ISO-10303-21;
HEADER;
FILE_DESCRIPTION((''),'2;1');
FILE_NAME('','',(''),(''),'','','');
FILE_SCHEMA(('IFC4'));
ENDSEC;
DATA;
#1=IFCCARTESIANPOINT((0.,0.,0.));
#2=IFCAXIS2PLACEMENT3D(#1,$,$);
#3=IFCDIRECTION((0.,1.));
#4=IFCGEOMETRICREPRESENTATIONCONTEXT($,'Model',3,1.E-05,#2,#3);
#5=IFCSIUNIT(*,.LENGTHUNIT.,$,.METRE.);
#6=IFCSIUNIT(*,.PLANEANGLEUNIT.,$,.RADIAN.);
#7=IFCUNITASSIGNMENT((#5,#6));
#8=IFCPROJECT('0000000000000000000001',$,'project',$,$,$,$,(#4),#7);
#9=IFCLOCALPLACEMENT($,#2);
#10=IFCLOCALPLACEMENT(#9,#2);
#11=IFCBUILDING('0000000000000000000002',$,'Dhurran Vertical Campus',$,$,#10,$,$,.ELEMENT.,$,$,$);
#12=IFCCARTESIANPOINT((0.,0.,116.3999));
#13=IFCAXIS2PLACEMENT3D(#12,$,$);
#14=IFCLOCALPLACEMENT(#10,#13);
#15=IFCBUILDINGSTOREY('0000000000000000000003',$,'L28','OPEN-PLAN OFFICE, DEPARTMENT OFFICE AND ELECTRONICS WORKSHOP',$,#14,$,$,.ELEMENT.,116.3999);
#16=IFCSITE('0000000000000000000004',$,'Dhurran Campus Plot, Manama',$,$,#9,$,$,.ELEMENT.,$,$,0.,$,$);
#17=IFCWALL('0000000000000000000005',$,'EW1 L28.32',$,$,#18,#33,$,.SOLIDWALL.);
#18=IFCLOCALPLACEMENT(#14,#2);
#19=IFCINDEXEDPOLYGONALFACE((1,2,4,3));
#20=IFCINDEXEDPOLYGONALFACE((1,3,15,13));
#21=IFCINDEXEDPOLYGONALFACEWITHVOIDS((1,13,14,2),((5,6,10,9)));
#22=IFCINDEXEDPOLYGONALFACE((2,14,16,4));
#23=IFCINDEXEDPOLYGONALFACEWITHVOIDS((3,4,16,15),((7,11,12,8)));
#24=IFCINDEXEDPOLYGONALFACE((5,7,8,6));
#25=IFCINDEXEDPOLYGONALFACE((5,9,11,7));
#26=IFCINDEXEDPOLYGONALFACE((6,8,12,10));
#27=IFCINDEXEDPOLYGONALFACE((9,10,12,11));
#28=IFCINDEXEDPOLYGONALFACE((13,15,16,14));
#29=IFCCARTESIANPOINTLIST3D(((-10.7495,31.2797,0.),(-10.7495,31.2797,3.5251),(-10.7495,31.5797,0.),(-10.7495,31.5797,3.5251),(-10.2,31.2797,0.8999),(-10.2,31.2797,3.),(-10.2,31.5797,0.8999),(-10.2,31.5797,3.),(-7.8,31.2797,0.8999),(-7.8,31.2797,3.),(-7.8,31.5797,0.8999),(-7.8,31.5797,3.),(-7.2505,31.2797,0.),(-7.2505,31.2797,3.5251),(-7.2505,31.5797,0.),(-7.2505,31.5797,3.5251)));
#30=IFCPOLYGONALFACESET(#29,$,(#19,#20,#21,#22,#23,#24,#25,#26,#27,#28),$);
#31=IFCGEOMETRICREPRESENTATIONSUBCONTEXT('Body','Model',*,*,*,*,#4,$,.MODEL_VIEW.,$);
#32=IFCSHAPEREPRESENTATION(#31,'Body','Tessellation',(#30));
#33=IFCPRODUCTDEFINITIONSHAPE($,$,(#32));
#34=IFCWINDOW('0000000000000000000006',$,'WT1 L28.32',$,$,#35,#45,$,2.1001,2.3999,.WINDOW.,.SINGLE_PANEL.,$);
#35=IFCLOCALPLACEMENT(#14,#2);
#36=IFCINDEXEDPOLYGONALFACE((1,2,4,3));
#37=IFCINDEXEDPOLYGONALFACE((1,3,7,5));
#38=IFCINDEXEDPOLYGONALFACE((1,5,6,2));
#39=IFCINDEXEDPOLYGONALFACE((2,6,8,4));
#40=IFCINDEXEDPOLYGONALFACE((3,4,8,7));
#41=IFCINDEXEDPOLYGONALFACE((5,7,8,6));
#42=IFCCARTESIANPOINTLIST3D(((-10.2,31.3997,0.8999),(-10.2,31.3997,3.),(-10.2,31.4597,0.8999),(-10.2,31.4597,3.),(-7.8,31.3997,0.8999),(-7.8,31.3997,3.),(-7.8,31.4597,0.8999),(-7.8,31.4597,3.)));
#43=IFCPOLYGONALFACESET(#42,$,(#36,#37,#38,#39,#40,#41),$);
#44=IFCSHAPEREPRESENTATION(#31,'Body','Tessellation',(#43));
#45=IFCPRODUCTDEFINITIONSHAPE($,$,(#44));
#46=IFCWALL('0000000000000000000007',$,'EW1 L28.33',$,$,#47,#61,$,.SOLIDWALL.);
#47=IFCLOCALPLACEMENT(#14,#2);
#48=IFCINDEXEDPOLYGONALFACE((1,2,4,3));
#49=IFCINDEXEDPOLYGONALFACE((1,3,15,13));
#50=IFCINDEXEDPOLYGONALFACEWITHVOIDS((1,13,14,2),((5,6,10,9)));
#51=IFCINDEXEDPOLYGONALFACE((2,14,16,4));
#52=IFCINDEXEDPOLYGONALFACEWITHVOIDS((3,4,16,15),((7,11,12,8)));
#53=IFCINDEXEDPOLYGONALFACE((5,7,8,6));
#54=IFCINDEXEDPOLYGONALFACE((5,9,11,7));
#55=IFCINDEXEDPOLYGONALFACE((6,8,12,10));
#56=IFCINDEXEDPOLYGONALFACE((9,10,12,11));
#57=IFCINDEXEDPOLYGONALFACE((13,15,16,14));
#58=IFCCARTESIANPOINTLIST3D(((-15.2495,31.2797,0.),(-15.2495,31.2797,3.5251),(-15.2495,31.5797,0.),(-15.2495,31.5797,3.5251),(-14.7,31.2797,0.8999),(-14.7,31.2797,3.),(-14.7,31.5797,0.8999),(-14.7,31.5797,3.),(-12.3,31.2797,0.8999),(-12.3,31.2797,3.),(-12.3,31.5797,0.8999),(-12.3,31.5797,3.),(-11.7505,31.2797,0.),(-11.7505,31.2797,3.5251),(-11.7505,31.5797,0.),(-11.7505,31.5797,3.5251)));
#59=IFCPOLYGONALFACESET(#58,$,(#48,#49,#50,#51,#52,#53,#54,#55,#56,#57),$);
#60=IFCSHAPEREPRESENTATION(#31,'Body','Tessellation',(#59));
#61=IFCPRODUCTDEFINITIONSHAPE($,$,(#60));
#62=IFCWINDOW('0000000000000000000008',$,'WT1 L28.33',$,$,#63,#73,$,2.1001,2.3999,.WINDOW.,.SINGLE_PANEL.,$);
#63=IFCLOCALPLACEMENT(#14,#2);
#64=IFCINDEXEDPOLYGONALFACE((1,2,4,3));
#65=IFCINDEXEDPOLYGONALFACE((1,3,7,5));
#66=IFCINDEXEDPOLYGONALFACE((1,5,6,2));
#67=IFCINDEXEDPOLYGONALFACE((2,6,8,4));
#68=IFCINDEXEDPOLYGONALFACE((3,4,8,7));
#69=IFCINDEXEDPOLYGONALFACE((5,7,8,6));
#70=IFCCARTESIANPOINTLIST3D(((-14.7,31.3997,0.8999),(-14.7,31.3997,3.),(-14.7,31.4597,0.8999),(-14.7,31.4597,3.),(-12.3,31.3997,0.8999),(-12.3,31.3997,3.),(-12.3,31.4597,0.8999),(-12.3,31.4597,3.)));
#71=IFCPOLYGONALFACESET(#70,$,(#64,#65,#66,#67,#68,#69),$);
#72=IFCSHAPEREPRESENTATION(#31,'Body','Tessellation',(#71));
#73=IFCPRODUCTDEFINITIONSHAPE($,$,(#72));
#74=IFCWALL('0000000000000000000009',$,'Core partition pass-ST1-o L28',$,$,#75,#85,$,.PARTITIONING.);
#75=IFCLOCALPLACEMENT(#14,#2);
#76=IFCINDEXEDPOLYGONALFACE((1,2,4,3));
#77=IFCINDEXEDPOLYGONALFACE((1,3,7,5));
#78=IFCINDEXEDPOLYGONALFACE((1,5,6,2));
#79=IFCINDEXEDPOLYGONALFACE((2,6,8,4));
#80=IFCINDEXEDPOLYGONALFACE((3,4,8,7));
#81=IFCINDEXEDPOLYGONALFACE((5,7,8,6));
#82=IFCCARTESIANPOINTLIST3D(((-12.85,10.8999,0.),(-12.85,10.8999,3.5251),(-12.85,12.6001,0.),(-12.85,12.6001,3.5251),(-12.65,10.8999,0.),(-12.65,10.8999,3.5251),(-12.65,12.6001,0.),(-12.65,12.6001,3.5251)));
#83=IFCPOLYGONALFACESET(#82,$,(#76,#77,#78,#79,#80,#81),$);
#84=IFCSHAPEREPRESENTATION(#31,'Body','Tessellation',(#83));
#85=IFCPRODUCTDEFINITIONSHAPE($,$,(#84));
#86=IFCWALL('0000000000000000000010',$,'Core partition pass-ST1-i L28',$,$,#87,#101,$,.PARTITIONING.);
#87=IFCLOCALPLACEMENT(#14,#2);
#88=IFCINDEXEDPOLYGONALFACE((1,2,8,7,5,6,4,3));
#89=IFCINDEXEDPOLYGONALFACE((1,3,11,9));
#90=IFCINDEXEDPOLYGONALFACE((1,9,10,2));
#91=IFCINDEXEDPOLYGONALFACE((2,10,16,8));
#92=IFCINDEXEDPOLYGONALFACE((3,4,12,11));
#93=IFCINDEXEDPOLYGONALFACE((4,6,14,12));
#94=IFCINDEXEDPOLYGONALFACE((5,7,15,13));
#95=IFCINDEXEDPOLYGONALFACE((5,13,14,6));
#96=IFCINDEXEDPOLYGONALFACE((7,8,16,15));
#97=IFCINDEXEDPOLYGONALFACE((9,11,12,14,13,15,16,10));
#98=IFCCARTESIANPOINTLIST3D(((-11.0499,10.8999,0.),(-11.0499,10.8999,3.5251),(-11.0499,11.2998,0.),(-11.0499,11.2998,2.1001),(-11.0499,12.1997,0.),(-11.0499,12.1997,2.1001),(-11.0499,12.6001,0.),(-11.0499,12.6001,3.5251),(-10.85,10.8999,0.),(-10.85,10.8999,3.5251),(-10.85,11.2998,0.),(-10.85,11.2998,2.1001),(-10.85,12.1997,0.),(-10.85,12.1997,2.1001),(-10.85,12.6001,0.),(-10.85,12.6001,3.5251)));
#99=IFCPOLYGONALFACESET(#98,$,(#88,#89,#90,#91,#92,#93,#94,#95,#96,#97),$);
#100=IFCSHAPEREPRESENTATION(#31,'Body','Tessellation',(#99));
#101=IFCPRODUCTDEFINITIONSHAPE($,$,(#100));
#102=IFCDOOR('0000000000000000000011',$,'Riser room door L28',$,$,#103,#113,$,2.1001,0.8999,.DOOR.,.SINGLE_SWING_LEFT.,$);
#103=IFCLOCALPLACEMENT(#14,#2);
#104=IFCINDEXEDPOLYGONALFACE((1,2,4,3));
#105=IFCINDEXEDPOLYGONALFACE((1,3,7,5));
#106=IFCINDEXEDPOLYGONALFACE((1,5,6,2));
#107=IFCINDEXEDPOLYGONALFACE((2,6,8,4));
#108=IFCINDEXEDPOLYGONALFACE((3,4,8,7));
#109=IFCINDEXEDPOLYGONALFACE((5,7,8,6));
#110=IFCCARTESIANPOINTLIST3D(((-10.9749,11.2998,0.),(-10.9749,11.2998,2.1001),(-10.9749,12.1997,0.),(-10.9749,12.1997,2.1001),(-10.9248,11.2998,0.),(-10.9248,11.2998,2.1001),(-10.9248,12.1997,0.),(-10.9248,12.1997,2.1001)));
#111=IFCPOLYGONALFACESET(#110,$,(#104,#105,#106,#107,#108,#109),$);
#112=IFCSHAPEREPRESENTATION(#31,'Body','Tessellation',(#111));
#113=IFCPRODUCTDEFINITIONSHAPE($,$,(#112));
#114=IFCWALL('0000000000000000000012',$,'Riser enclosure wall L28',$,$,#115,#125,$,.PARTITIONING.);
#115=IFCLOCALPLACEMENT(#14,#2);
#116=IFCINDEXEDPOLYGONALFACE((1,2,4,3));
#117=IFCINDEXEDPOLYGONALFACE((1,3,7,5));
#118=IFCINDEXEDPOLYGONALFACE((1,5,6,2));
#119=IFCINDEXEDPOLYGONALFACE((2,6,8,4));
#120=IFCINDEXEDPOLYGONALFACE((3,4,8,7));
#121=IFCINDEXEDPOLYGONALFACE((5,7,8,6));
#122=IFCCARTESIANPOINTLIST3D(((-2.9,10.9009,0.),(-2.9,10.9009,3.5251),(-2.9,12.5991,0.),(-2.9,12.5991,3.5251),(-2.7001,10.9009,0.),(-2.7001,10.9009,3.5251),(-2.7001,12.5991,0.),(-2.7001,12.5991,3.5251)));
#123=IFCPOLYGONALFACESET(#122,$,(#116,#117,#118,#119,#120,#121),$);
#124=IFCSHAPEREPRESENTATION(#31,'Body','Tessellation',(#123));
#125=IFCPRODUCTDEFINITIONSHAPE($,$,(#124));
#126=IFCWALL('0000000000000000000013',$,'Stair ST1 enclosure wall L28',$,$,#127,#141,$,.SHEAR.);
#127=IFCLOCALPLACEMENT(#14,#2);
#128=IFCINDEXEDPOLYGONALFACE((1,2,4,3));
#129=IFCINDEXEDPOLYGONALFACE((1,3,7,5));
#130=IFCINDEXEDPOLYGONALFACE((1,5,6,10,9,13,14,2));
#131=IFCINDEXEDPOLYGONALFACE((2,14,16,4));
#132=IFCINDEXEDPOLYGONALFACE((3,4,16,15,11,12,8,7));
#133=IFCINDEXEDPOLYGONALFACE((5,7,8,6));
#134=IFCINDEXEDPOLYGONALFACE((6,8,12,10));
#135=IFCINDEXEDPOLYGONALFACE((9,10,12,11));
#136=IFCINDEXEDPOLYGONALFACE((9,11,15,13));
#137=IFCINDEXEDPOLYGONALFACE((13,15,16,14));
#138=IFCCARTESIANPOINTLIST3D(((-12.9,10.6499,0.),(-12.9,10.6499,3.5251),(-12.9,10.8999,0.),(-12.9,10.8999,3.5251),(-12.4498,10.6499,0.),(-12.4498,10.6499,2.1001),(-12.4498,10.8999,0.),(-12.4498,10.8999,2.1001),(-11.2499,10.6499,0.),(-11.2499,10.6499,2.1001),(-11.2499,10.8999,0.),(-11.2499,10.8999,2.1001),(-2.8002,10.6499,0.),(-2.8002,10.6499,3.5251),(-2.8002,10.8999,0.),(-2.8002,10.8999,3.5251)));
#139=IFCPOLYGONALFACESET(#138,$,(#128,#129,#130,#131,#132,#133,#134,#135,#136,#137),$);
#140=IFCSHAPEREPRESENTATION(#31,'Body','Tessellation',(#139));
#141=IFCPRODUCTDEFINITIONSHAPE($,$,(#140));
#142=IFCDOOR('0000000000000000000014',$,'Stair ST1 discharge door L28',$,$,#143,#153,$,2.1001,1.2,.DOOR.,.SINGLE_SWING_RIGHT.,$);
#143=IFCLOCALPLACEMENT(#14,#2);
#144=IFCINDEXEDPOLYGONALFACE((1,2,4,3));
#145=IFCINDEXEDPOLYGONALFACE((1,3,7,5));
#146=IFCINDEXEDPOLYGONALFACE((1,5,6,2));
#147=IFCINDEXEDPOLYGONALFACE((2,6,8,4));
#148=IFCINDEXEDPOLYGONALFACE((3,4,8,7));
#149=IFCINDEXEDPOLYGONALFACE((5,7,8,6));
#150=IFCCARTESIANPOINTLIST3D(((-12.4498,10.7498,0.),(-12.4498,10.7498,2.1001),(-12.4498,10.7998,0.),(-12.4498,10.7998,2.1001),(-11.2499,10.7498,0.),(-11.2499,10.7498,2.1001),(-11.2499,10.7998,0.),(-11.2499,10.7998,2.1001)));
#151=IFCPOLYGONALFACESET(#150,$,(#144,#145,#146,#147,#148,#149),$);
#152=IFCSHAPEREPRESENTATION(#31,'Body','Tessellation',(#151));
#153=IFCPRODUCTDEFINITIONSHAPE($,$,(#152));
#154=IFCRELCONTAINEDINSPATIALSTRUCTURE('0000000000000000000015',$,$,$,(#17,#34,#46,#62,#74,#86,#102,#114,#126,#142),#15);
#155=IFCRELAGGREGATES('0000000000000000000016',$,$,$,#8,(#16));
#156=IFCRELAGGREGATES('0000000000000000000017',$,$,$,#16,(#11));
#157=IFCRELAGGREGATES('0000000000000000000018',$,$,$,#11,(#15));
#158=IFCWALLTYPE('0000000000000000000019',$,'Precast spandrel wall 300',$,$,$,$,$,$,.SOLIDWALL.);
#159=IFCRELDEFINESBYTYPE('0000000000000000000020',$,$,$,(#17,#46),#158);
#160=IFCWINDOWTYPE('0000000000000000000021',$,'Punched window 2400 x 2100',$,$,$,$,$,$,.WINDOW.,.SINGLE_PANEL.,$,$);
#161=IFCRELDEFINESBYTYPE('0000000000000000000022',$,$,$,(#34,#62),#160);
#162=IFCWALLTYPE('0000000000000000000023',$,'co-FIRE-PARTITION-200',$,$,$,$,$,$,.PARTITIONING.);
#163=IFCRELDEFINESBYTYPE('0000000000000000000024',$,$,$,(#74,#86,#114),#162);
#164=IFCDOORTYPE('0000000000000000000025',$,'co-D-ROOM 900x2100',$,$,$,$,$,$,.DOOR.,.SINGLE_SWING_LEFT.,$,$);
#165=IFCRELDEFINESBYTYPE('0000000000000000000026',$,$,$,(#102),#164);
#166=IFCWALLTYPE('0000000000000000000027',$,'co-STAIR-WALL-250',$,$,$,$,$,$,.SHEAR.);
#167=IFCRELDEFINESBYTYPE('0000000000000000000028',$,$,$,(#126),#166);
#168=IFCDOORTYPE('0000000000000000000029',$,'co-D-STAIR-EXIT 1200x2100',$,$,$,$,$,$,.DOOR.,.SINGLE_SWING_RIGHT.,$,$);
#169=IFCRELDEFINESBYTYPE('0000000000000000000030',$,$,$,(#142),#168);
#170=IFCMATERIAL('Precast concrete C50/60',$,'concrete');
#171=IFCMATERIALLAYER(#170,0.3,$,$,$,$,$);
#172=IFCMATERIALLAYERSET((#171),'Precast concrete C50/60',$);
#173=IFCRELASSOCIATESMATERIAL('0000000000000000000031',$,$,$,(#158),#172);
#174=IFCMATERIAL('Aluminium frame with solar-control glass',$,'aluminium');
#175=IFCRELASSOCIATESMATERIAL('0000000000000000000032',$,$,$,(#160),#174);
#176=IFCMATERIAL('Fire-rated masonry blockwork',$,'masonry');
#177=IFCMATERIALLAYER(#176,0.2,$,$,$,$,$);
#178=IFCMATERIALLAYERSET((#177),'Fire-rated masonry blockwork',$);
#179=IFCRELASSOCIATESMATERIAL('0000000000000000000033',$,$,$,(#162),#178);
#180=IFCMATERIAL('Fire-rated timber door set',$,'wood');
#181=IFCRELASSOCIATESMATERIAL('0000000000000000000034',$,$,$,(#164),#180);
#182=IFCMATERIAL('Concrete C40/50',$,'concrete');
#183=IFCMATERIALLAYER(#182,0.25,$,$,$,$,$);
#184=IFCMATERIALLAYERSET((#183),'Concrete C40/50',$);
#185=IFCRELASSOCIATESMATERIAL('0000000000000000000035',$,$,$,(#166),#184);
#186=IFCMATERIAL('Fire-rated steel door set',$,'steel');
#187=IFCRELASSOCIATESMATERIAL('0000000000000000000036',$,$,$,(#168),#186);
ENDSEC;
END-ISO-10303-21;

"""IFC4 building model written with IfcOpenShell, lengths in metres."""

from ifc_helpers import new_model, si_unit, direction, frame, frame_2d, origin, place, context, subcontext, project, spatial, rectangle, extrude, material, layer, layer_set, type_object, element, fill, save


model = new_model("IFC4")

# Units and contexts
model_context = context("Model", 3, precision=1e-05, world=origin(), true_north=direction((0.0, 1.0)))
body_context = subcontext(model_context, "Body", "Model", "MODEL_VIEW")
ifc_project = project(units=[si_unit("LENGTHUNIT", "METRE"), si_unit("PLANEANGLEUNIT", "RADIAN")], contexts=[model_context])

# Site, building, storey
site_placement = place(None, origin())
site = spatial("IfcSite", under=ifc_project, at=site_placement, Name="Dhurran Campus Plot, Manama", CompositionType="ELEMENT", RefElevation=0.0)
building_placement = place(site_placement, origin())
building = spatial("IfcBuilding", under=site, at=building_placement, Name="Dhurran Vertical Campus", CompositionType="ELEMENT")
storey_placement = place(building_placement, frame((0.0, 0.0, 116.3999)))
storey = spatial("IfcBuildingStorey", under=building, at=storey_placement, Name="L28", Description="OPEN-PLAN OFFICE, DEPARTMENT OFFICE AND ELECTRONICS WORKSHOP", CompositionType="ELEMENT", Elevation=116.3999)

# Walls, openings, windows
ifc_material_1 = material(Name="Precast concrete C50/60", Category="concrete")
ifc_layer_1 = layer(ifc_material_1, 0.3)
ifc_layer_set_1 = layer_set([ifc_layer_1], Name="Precast concrete C50/60")
wall_type_1 = type_object("IfcWallType", Name="Precast spandrel wall 300", PredefinedType="SOLIDWALL", material=ifc_layer_set_1)
ifc_material_2 = material(Name="Aluminium frame with solar-control glass", Category="aluminium")
window_type = type_object("IfcWindowType", Name="Punched window 2400 x 2100", PartitioningType="SINGLE_PANEL", PredefinedType="WINDOW", material=ifc_material_2)
wall_1_placement = place(storey_placement, frame((-7.2505, 31.4297, 0.0), z_axis=(0.0, 0.0, 1.0), x_axis=(-1.0, 0.0, 0.0)))
wall_1 = element("IfcWall", 1, at=wall_1_placement, inside=storey, type_object=wall_type_1, Name="EW1 L28.32", PredefinedType="SOLIDWALL", context=body_context, shape_type="SweptSolid", body=[
    extrude(rectangle(XDim=3.499, YDim=0.3, at=frame_2d((1.7495, 0.0))), origin(), (0.0, 0.0, 1.0), 3.5251),
])
opening_1_placement = place(wall_1_placement, frame((0.5496, 0.0, 0.8999)))
opening_1 = element("IfcOpeningElement", 2, at=opening_1_placement, cuts=wall_1, PredefinedType="OPENING", context=body_context, shape_type="SweptSolid", body=[
    extrude(rectangle(XDim=2.3999, YDim=2.1001, at=frame_2d((1.2, 1.05))), frame((0.0, 0.1599, 0.0), z_axis=(0.0, -1.0, 0.0), x_axis=(1.0, 0.0, 0.0)), (0.0, 0.0, 1.0), 0.3201),
])
window_1_placement = place(opening_1_placement, origin())
window_1 = element("IfcWindow", 3, at=window_1_placement, inside=storey, type_object=window_type, Name="WT1 L28.32", OverallHeight=2.1001, OverallWidth=2.3999, PartitioningType="SINGLE_PANEL", PredefinedType="WINDOW", context=body_context, shape_type="SweptSolid", body=[
    extrude(rectangle(XDim=2.3999, YDim=2.1001, at=frame_2d((1.2, 1.05))), frame((0.0, 0.03, 0.0), z_axis=(0.0, -1.0, 0.0), x_axis=(1.0, 0.0, 0.0)), (0.0, 0.0, 1.0), 0.0601),
])
fill(opening_1, window_1)
wall_2_placement = place(storey_placement, frame((-11.7505, 31.4297, 0.0), z_axis=(0.0, 0.0, 1.0), x_axis=(-1.0, 0.0, 0.0)))
wall_2 = element("IfcWall", 4, at=wall_2_placement, inside=storey, type_object=wall_type_1, Name="EW1 L28.33", PredefinedType="SOLIDWALL", context=body_context, shape_type="SweptSolid", body=[
    extrude(rectangle(XDim=3.499, YDim=0.3, at=frame_2d((1.7495, 0.0))), origin(), (0.0, 0.0, 1.0), 3.5251),
])
opening_2_placement = place(wall_2_placement, frame((0.5496, 0.0, 0.8999)))
opening_2 = element("IfcOpeningElement", 5, at=opening_2_placement, cuts=wall_2, PredefinedType="OPENING", context=body_context, shape_type="SweptSolid", body=[
    extrude(rectangle(XDim=2.3999, YDim=2.1001, at=frame_2d((1.2, 1.05))), frame((0.0, 0.1599, 0.0), z_axis=(0.0, -1.0, 0.0), x_axis=(1.0, 0.0, 0.0)), (0.0, 0.0, 1.0), 0.3201),
])
window_2_placement = place(opening_2_placement, origin())
window_2 = element("IfcWindow", 6, at=window_2_placement, inside=storey, type_object=window_type, Name="WT1 L28.33", OverallHeight=2.1001, OverallWidth=2.3999, PartitioningType="SINGLE_PANEL", PredefinedType="WINDOW", context=body_context, shape_type="SweptSolid", body=[
    extrude(rectangle(XDim=2.3999, YDim=2.1001, at=frame_2d((1.2, 1.05))), frame((0.0, 0.03, 0.0), z_axis=(0.0, -1.0, 0.0), x_axis=(1.0, 0.0, 0.0)), (0.0, 0.0, 1.0), 0.0601),
])
fill(opening_2, window_2)

# Wall
ifc_material_3 = material(Name="Fire-rated masonry blockwork", Category="masonry")
ifc_layer_2 = layer(ifc_material_3, 0.2)
ifc_layer_set_2 = layer_set([ifc_layer_2], Name="Fire-rated masonry blockwork")
wall_type_2 = type_object("IfcWallType", Name="co-FIRE-PARTITION-200", PredefinedType="PARTITIONING", material=ifc_layer_set_2)
wall_3_placement = place(storey_placement, frame((-12.75, 10.8999, 0.0), z_axis=(0.0, 0.0, 1.0), x_axis=(0.0, 1.0, 0.0)))
element("IfcWall", 7, at=wall_3_placement, inside=storey, type_object=wall_type_2, Name="Core partition pass-ST1-o L28", PredefinedType="PARTITIONING", context=body_context, shape_type="SweptSolid", body=[
    extrude(rectangle(XDim=1.7002, YDim=0.2, at=frame_2d((0.8501, 0.0))), origin(), (0.0, 0.0, 1.0), 3.5251),
])

# Wall, opening, door
wall_4_placement = place(storey_placement, frame((-10.95, 10.8999, 0.0), z_axis=(0.0, 0.0, 1.0), x_axis=(0.0, 1.0, 0.0)))
wall_4 = element("IfcWall", 8, at=wall_4_placement, inside=storey, type_object=wall_type_2, Name="Core partition pass-ST1-i L28", PredefinedType="PARTITIONING", context=body_context, shape_type="SweptSolid", body=[
    extrude(rectangle(XDim=1.7002, YDim=0.2, at=frame_2d((0.8501, 0.0))), origin(), (0.0, 0.0, 1.0), 3.5251),
])
opening_3_placement = place(wall_4_placement, frame((0.3999, 0.0, 0.0)))
opening_3 = element("IfcOpeningElement", 9, at=opening_3_placement, cuts=wall_4, PredefinedType="OPENING", context=body_context, shape_type="SweptSolid", body=[
    extrude(rectangle(XDim=0.8999, YDim=2.1001, at=frame_2d((0.45, 1.05))), frame((0.0, 0.1099, 0.0), z_axis=(0.0, -1.0, 0.0), x_axis=(1.0, 0.0, 0.0)), (0.0, 0.0, 1.0), 0.22),
])
ifc_material_4 = material(Name="Fire-rated timber door set", Category="wood")
door_type_1 = type_object("IfcDoorType", Name="co-D-ROOM 900x2100", OperationType="SINGLE_SWING_LEFT", PredefinedType="DOOR", material=ifc_material_4)
door_1_placement = place(opening_3_placement, origin())
door_1 = element("IfcDoor", 10, at=door_1_placement, inside=storey, type_object=door_type_1, Name="Riser room door L28", OperationType="SINGLE_SWING_LEFT", OverallHeight=2.1001, OverallWidth=0.8999, PredefinedType="DOOR", context=body_context, shape_type="SweptSolid", body=[
    extrude(rectangle(XDim=0.8999, YDim=2.1001, at=frame_2d((0.45, 1.05))), frame((0.0, 0.0249, 0.0), z_axis=(0.0, -1.0, 0.0), x_axis=(1.0, 0.0, 0.0)), (0.0, 0.0, 1.0), 0.05),
])
fill(opening_3, door_1)

# Wall
wall_5_placement = place(storey_placement, frame((-2.8, 10.9009, 0.0), z_axis=(0.0, 0.0, 1.0), x_axis=(0.0, 1.0, 0.0)))
element("IfcWall", 11, at=wall_5_placement, inside=storey, type_object=wall_type_2, Name="Riser enclosure wall L28", PredefinedType="PARTITIONING", context=body_context, shape_type="SweptSolid", body=[
    extrude(rectangle(XDim=1.6982, YDim=0.2, at=frame_2d((0.8491, 0.0))), origin(), (0.0, 0.0, 1.0), 3.5251),
])

# Wall, opening, door
ifc_material_5 = material(Name="Concrete C40/50", Category="concrete")
ifc_layer_3 = layer(ifc_material_5, 0.25)
ifc_layer_set_3 = layer_set([ifc_layer_3], Name="Concrete C40/50")
wall_type_3 = type_object("IfcWallType", Name="co-STAIR-WALL-250", PredefinedType="SHEAR", material=ifc_layer_set_3)
wall_6_placement = place(storey_placement, frame((-12.8999, 10.7749, 0.0), z_axis=(0.0, 0.0, 1.0), x_axis=(1.0, 0.0, 0.0)))
wall_6 = element("IfcWall", 12, at=wall_6_placement, inside=storey, type_object=wall_type_3, Name="Stair ST1 enclosure wall L28", PredefinedType="SHEAR", context=body_context, shape_type="SweptSolid", body=[
    extrude(rectangle(XDim=10.0999, YDim=0.25, at=frame_2d((5.0498, 0.0))), origin(), (0.0, 0.0, 1.0), 3.5251),
])
opening_4_placement = place(wall_6_placement, frame((0.45, 0.0, 0.0)))
opening_4 = element("IfcOpeningElement", 13, at=opening_4_placement, cuts=wall_6, PredefinedType="OPENING", context=body_context, shape_type="SweptSolid", body=[
    extrude(rectangle(XDim=1.2, YDim=2.1001, at=frame_2d((0.6001, 1.05))), frame((0.0, 0.135, 0.0), z_axis=(0.0, -1.0, 0.0), x_axis=(1.0, 0.0, 0.0)), (0.0, 0.0, 1.0), 0.27),
])
ifc_material_6 = material(Name="Fire-rated steel door set", Category="steel")
door_type_2 = type_object("IfcDoorType", Name="co-D-STAIR-EXIT 1200x2100", OperationType="SINGLE_SWING_RIGHT", PredefinedType="DOOR", material=ifc_material_6)
door_2_placement = place(opening_4_placement, origin())
door_2 = element("IfcDoor", 14, at=door_2_placement, inside=storey, type_object=door_type_2, Name="Stair ST1 discharge door L28", OperationType="SINGLE_SWING_RIGHT", OverallHeight=2.1001, OverallWidth=1.2, PredefinedType="DOOR", context=body_context, shape_type="SweptSolid", body=[
    extrude(rectangle(XDim=1.2, YDim=2.1001, at=frame_2d((0.6001, 1.05))), frame((0.0, 0.0249, 0.0), z_axis=(0.0, -1.0, 0.0), x_axis=(1.0, 0.0, 0.0)), (0.0, 0.0, 1.0), 0.05),
])
fill(opening_4, door_2)

save(model, "model.ifc")
